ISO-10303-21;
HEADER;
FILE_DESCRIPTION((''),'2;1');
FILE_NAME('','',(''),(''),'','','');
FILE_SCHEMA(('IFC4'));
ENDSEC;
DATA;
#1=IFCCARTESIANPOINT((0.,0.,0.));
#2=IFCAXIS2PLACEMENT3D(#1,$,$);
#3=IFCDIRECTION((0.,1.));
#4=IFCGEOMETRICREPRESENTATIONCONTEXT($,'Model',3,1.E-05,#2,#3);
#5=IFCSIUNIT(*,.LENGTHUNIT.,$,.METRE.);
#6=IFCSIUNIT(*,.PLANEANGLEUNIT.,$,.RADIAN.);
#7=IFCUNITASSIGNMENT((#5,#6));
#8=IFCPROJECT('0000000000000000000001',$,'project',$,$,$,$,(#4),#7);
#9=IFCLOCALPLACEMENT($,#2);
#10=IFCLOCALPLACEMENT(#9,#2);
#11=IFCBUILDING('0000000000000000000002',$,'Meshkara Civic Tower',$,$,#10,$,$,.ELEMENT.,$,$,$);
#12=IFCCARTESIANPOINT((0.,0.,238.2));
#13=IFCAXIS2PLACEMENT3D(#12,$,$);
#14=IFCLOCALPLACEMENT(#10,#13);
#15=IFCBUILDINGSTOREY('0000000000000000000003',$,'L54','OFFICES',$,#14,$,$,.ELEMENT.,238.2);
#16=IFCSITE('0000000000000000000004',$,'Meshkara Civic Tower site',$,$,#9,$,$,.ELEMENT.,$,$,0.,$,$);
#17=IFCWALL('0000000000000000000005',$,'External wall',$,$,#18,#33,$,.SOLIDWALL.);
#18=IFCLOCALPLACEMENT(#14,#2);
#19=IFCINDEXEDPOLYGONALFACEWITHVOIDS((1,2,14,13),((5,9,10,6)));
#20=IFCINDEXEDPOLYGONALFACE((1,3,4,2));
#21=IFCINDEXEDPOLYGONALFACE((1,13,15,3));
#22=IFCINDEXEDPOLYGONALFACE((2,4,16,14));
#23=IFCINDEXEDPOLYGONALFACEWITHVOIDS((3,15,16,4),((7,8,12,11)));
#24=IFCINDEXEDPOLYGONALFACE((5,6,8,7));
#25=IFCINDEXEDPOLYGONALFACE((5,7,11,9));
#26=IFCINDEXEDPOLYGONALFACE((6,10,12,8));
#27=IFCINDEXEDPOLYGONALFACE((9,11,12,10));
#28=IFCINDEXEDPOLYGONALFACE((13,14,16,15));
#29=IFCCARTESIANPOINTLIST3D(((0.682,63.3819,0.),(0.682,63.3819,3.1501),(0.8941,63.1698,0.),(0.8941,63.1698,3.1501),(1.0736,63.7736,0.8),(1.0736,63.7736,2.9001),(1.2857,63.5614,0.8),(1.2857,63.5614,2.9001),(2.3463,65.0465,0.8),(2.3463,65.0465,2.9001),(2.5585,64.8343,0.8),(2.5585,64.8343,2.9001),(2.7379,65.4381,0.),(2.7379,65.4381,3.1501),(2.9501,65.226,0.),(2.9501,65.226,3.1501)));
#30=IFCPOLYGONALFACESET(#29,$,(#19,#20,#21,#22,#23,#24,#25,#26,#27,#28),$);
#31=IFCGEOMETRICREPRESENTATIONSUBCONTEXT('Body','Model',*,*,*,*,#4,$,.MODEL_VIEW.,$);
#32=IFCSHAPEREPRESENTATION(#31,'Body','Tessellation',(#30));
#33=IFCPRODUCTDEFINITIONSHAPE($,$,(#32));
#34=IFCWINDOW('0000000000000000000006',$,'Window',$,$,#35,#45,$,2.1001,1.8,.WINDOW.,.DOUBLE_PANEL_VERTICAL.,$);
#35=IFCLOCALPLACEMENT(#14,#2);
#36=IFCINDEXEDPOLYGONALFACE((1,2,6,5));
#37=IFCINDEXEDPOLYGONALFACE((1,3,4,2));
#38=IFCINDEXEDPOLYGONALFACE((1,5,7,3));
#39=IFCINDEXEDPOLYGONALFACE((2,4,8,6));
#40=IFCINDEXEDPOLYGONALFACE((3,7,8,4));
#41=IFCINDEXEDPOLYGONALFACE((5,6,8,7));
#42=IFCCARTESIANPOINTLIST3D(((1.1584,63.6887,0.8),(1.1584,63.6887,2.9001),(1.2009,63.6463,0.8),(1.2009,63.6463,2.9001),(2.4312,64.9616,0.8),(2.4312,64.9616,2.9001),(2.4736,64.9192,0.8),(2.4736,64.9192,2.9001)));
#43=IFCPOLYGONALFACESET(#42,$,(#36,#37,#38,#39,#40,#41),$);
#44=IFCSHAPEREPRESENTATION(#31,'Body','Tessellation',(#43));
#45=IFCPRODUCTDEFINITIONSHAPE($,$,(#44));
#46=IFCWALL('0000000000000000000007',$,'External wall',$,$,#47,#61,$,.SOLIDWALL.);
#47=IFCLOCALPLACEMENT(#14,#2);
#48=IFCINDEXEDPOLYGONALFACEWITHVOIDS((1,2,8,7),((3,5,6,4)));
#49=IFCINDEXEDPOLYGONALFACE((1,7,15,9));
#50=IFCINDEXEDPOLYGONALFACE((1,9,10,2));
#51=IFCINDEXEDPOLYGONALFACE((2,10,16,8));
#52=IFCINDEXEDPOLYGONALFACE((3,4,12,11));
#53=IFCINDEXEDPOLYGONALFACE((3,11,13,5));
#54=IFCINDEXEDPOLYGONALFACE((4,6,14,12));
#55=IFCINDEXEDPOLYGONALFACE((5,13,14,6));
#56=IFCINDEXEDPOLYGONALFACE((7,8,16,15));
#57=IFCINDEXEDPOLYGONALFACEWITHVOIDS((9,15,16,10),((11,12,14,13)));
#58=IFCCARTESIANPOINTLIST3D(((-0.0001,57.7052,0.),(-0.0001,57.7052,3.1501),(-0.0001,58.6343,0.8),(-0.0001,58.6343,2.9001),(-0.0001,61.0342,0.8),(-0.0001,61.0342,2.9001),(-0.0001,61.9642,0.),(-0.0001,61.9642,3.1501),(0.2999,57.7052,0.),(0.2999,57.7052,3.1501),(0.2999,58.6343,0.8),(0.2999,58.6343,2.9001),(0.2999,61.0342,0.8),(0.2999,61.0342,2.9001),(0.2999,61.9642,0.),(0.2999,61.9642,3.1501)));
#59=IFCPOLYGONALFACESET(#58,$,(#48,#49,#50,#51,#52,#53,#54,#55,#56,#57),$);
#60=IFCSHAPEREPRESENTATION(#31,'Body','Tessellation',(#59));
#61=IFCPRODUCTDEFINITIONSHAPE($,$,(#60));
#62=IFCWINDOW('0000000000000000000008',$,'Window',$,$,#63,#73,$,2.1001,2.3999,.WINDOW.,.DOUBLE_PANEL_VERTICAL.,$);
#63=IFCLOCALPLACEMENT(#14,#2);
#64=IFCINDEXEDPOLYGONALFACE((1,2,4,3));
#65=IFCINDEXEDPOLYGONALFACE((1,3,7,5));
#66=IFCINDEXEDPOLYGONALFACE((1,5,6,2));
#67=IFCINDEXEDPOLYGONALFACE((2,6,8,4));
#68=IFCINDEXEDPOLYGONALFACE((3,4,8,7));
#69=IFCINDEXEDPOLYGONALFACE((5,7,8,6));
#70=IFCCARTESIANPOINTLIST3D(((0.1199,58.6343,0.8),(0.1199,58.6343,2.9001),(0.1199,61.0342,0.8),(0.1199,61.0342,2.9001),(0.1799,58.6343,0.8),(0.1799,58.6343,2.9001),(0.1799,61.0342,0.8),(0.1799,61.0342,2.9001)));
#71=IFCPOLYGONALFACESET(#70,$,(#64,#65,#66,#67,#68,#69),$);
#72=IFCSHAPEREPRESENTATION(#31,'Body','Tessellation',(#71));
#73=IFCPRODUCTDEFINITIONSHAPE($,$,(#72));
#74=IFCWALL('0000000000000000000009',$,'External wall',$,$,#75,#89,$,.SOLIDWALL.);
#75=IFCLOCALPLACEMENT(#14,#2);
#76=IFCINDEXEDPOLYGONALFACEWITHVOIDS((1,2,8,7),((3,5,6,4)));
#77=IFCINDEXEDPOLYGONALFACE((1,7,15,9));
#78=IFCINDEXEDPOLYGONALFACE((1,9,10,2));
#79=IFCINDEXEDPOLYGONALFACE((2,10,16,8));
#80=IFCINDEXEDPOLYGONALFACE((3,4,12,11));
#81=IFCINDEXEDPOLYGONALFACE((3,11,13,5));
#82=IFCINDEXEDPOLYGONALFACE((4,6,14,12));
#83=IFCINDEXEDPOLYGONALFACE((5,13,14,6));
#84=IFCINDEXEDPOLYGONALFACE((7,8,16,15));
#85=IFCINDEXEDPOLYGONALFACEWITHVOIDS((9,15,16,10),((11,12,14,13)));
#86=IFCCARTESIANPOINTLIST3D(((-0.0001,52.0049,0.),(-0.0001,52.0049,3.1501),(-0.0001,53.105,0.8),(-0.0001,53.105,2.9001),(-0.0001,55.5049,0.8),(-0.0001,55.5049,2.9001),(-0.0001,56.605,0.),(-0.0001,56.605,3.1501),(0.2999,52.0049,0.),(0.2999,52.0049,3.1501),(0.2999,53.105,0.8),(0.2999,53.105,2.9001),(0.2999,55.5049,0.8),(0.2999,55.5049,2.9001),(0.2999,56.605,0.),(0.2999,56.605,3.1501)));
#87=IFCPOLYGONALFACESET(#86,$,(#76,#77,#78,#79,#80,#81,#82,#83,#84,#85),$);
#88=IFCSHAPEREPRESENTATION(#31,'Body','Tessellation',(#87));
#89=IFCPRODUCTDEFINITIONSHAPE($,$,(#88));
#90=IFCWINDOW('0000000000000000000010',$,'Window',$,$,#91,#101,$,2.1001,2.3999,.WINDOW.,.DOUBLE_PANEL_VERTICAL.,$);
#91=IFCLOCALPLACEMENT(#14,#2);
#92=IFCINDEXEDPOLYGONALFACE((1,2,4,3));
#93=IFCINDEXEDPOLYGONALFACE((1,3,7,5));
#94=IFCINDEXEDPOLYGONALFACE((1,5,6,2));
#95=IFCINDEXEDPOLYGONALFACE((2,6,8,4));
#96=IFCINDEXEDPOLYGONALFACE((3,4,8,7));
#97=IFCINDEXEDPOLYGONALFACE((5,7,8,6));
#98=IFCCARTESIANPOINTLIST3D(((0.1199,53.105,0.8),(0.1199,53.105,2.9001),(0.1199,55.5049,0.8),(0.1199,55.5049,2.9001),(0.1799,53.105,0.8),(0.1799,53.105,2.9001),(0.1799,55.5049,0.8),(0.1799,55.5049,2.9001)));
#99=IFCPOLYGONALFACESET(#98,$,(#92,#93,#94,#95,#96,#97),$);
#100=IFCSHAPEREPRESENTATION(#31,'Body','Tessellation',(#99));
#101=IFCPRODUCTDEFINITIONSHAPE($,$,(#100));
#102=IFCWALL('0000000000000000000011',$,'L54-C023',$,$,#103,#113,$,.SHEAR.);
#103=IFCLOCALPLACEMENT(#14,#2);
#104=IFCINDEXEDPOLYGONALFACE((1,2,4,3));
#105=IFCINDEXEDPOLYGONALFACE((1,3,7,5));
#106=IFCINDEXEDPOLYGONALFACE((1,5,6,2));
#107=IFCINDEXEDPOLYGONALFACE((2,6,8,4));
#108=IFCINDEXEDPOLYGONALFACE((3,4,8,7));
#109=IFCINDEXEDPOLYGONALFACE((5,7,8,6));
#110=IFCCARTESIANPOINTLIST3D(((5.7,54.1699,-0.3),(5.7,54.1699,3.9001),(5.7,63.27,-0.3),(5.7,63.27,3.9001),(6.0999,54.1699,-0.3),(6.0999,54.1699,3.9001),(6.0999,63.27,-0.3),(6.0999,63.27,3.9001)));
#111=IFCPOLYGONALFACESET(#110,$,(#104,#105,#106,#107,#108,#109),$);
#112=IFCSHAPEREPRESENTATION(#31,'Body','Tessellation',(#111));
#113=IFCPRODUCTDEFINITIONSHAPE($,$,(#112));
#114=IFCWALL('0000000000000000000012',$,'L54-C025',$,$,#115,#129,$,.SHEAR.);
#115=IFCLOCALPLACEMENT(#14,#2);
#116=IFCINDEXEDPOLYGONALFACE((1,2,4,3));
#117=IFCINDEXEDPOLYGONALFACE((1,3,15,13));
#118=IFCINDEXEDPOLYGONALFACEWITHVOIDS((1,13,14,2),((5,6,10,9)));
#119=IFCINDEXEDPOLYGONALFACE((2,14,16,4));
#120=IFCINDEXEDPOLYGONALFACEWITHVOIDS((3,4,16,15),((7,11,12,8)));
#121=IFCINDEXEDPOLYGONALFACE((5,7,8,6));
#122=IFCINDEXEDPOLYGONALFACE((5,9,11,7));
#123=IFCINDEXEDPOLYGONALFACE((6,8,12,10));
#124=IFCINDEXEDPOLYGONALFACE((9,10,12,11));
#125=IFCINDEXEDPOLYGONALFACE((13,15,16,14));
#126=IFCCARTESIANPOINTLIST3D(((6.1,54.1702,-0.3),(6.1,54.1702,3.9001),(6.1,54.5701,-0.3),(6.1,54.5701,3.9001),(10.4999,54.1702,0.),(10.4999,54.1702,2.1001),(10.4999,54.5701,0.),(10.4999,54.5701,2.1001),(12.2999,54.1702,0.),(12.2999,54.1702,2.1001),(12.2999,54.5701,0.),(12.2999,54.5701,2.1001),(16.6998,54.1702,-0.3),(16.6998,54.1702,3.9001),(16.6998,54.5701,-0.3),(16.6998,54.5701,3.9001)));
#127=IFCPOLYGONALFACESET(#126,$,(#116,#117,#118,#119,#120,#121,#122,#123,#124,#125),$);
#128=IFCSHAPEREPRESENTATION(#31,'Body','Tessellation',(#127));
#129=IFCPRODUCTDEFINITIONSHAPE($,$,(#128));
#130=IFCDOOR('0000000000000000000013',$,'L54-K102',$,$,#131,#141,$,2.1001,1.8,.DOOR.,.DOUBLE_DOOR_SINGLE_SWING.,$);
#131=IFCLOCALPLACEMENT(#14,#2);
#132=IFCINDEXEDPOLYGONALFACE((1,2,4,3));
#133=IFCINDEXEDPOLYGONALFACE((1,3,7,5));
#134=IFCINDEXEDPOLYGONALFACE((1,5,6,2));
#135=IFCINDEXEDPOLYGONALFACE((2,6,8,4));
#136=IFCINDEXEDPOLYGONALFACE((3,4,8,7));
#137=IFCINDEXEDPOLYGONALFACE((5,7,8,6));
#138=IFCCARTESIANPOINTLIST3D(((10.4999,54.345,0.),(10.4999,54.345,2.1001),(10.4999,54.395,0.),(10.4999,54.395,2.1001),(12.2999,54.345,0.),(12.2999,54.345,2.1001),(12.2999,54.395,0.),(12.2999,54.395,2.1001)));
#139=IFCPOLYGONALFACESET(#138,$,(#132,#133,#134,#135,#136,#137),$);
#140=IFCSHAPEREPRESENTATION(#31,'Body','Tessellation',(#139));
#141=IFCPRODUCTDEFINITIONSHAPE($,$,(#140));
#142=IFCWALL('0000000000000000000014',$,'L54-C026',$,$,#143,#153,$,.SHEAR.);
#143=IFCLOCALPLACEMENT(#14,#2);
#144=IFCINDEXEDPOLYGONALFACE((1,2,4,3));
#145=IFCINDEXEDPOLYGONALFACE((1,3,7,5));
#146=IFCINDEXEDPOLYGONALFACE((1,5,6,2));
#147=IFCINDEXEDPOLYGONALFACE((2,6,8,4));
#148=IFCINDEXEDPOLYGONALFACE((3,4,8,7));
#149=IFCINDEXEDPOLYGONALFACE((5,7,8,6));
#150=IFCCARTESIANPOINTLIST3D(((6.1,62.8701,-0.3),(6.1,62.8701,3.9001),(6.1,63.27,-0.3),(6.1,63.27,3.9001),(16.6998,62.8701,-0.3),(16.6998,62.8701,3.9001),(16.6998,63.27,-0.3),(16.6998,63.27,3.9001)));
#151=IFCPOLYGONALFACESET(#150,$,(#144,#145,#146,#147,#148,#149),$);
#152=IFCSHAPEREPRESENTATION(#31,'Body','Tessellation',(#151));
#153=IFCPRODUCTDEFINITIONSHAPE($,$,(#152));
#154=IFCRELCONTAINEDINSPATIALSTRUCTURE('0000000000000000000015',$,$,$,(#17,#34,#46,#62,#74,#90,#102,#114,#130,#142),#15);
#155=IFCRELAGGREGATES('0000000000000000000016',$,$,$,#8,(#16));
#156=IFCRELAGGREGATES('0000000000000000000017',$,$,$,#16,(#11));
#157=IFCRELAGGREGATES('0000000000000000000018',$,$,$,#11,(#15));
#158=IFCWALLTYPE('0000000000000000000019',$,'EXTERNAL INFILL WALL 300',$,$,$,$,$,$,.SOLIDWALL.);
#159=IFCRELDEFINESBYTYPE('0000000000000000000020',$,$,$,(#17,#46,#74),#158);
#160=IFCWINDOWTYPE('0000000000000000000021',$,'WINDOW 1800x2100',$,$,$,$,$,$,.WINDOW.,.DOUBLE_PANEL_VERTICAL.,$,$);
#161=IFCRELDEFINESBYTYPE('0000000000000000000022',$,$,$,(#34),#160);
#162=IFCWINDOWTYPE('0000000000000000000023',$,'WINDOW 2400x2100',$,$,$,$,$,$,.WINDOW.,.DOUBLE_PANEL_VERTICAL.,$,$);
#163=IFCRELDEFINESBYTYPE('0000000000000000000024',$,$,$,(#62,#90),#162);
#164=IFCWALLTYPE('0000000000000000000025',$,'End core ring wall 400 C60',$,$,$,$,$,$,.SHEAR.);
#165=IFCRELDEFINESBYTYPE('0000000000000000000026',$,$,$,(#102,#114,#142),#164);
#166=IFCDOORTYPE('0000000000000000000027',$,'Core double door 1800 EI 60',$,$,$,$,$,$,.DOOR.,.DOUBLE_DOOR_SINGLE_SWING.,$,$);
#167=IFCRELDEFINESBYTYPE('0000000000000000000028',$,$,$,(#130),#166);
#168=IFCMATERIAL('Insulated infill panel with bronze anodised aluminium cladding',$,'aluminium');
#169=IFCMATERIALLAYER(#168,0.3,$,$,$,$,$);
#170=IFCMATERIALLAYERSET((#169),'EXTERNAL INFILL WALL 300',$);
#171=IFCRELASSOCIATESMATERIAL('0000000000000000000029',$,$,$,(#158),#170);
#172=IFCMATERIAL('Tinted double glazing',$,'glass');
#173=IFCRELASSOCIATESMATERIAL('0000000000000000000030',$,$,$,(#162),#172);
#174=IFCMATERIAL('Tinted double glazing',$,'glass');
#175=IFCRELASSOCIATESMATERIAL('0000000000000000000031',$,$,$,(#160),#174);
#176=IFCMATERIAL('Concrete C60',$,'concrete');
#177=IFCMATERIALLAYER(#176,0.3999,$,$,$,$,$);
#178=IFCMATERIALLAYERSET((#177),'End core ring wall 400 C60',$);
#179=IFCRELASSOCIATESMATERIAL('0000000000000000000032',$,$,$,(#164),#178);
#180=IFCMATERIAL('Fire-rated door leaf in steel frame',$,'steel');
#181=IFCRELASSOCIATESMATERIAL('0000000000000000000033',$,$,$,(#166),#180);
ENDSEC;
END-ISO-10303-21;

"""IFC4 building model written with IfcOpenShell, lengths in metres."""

from ifc_helpers import new_model, si_unit, direction, frame, frame_2d, origin, place, context, subcontext, project, spatial, rectangle, extrude, material, layer, layer_set, type_object, element, fill, save


model = new_model("IFC4")

# Units and contexts
model_context = context("Model", 3, precision=1e-05, world=origin(), true_north=direction((0.0, 1.0)))
body_context = subcontext(model_context, "Body", "Model", "MODEL_VIEW")
ifc_project = project(units=[si_unit("LENGTHUNIT", "METRE"), si_unit("PLANEANGLEUNIT", "RADIAN")], contexts=[model_context])

# Site, building, storey
site_placement = place(None, origin())
site = spatial("IfcSite", under=ifc_project, at=site_placement, Name="Meshkara Civic Tower site", CompositionType="ELEMENT", RefElevation=0.0)
building_placement = place(site_placement, origin())
building = spatial("IfcBuilding", under=site, at=building_placement, Name="Meshkara Civic Tower", CompositionType="ELEMENT")
storey_placement = place(building_placement, frame((0.0, 0.0, 238.2)))
storey = spatial("IfcBuildingStorey", under=building, at=storey_placement, Name="L54", Description="OFFICES", CompositionType="ELEMENT", Elevation=238.2)

# Walls, openings, windows
ifc_material_1 = material(Name="Insulated infill panel with bronze anodised aluminium cladding", Category="aluminium")
ifc_layer_1 = layer(ifc_material_1, 0.3)
ifc_layer_set_1 = layer_set([ifc_layer_1], Name="EXTERNAL INFILL WALL 300")
wall_type_1 = type_object("IfcWallType", Name="EXTERNAL INFILL WALL 300", PredefinedType="SOLIDWALL", material=ifc_layer_set_1)
ifc_material_2 = material(Name="Tinted double glazing", Category="glass")
window_type_1 = type_object("IfcWindowType", Name="WINDOW 2400x2100", PartitioningType="DOUBLE_PANEL_VERTICAL", PredefinedType="WINDOW", material=ifc_material_2)
wall_1_placement = place(storey_placement, frame((2.844, 65.332, 0.0), z_axis=(0.0, 0.0, 1.0), x_axis=(-0.707065, -0.707149, 0.0)))
wall_1 = element("IfcWall", 1, at=wall_1_placement, inside=storey, type_object=wall_type_1, Name="External wall", PredefinedType="SOLIDWALL", context=body_context, shape_type="SweptSolid", body=[
    extrude(rectangle(XDim=2.9077, YDim=0.3, at=frame_2d((1.4539, 0.0))), origin(), (0.0, 0.0, 1.0), 3.1501),
])
opening_1_placement = place(wall_1_placement, frame((0.554, 0.0, 0.8)))
opening_1 = element("IfcOpeningElement", 2, at=opening_1_placement, cuts=wall_1, PredefinedType="OPENING", context=body_context, shape_type="SweptSolid", body=[
    extrude(rectangle(XDim=1.8, YDim=2.1001, at=frame_2d((0.8999, 1.05))), frame((0.0, 0.1599, 0.0), z_axis=(0.0, -1.0, 0.0), x_axis=(1.0, 0.0, 0.0)), (0.0, 0.0, 1.0), 0.3201),
])
ifc_material_3 = material(Name="Tinted double glazing", Category="glass")
window_type_2 = type_object("IfcWindowType", Name="WINDOW 1800x2100", PartitioningType="DOUBLE_PANEL_VERTICAL", PredefinedType="WINDOW", material=ifc_material_3)
window_1_placement = place(opening_1_placement, origin())
window_1 = element("IfcWindow", 3, at=window_1_placement, inside=storey, type_object=window_type_2, Name="Window", OverallHeight=2.1001, OverallWidth=1.8, PartitioningType="DOUBLE_PANEL_VERTICAL", PredefinedType="WINDOW", context=body_context, shape_type="SweptSolid", body=[
    extrude(rectangle(XDim=1.8, YDim=2.1001, at=frame_2d((0.8999, 1.05))), frame((0.0, 0.03, 0.0), z_axis=(0.0, -1.0, 0.0), x_axis=(1.0, 0.0, 0.0)), (0.0, 0.0, 1.0), 0.0601),
])
fill(opening_1, window_1)
wall_2_placement = place(storey_placement, frame((0.1499, 61.9641, 0.0), z_axis=(0.0, 0.0, 1.0), x_axis=(0.0, -1.0, 0.0)))
wall_2 = element("IfcWall", 4, at=wall_2_placement, inside=storey, type_object=wall_type_1, Name="External wall", PredefinedType="SOLIDWALL", context=body_context, shape_type="SweptSolid", body=[
    extrude(rectangle(XDim=4.259, YDim=0.3, at=frame_2d((2.1294, 0.0))), origin(), (0.0, 0.0, 1.0), 3.1501),
])
opening_2_placement = place(wall_2_placement, frame((0.9299, 0.0, 0.8)))
opening_2 = element("IfcOpeningElement", 5, at=opening_2_placement, cuts=wall_2, PredefinedType="OPENING", context=body_context, shape_type="SweptSolid", body=[
    extrude(rectangle(XDim=2.3999, YDim=2.1001, at=frame_2d((1.2, 1.05))), frame((0.0, 0.1599, 0.0), z_axis=(0.0, -1.0, 0.0), x_axis=(1.0, 0.0, 0.0)), (0.0, 0.0, 1.0), 0.3201),
])
window_2_placement = place(opening_2_placement, origin())
window_2 = element("IfcWindow", 6, at=window_2_placement, inside=storey, type_object=window_type_1, Name="Window", OverallHeight=2.1001, OverallWidth=2.3999, PartitioningType="DOUBLE_PANEL_VERTICAL", PredefinedType="WINDOW", context=body_context, shape_type="SweptSolid", body=[
    extrude(rectangle(XDim=2.3999, YDim=2.1001, at=frame_2d((1.2, 1.05))), frame((0.0, 0.03, 0.0), z_axis=(0.0, -1.0, 0.0), x_axis=(1.0, 0.0, 0.0)), (0.0, 0.0, 1.0), 0.0601),
])
fill(opening_2, window_2)
wall_3_placement = place(storey_placement, frame((0.1499, 56.605, 0.0), z_axis=(0.0, 0.0, 1.0), x_axis=(0.0, -1.0, 0.0)))
wall_3 = element("IfcWall", 7, at=wall_3_placement, inside=storey, type_object=wall_type_1, Name="External wall", PredefinedType="SOLIDWALL", context=body_context, shape_type="SweptSolid", body=[
    extrude(rectangle(XDim=4.6001, YDim=0.3, at=frame_2d((2.3, 0.0))), origin(), (0.0, 0.0, 1.0), 3.1501),
])
opening_3_placement = place(wall_3_placement, frame((1.1001, 0.0, 0.8)))
opening_3 = element("IfcOpeningElement", 8, at=opening_3_placement, cuts=wall_3, PredefinedType="OPENING", context=body_context, shape_type="SweptSolid", body=[
    extrude(rectangle(XDim=2.3999, YDim=2.1001, at=frame_2d((1.2, 1.05))), frame((0.0, 0.1599, 0.0), z_axis=(0.0, -1.0, 0.0), x_axis=(1.0, 0.0, 0.0)), (0.0, 0.0, 1.0), 0.3201),
])
window_3_placement = place(opening_3_placement, origin())
window_3 = element("IfcWindow", 9, at=window_3_placement, inside=storey, type_object=window_type_1, Name="Window", OverallHeight=2.1001, OverallWidth=2.3999, PartitioningType="DOUBLE_PANEL_VERTICAL", PredefinedType="WINDOW", context=body_context, shape_type="SweptSolid", body=[
    extrude(rectangle(XDim=2.3999, YDim=2.1001, at=frame_2d((1.2, 1.05))), frame((0.0, 0.03, 0.0), z_axis=(0.0, -1.0, 0.0), x_axis=(1.0, 0.0, 0.0)), (0.0, 0.0, 1.0), 0.0601),
])
fill(opening_3, window_3)

# Wall
ifc_material_4 = material(Name="Concrete C60", Category="concrete")
ifc_layer_2 = layer(ifc_material_4, 0.3999)
ifc_layer_set_2 = layer_set([ifc_layer_2], Name="End core ring wall 400 C60")
wall_type_2 = type_object("IfcWallType", Name="End core ring wall 400 C60", PredefinedType="SHEAR", material=ifc_layer_set_2)
wall_4_placement = place(storey_placement, frame((5.8999, 54.1699, -0.3), z_axis=(0.0, 0.0, 1.0), x_axis=(0.0, 1.0, 0.0)))
element("IfcWall", 10, at=wall_4_placement, inside=storey, type_object=wall_type_2, Name="L54-C023", PredefinedType="SHEAR", context=body_context, shape_type="SweptSolid", body=[
    extrude(rectangle(XDim=9.1001, YDim=0.3999, at=frame_2d((4.55, 0.0))), origin(), (0.0, 0.0, 1.0), 4.2002),
])

# Wall, opening, door
wall_5_placement = place(storey_placement, frame((6.1001, 54.3701, -0.3), z_axis=(0.0, 0.0, 1.0), x_axis=(1.0, 0.0, 0.0)))
wall_5 = element("IfcWall", 11, at=wall_5_placement, inside=storey, type_object=wall_type_2, Name="L54-C025", PredefinedType="SHEAR", context=body_context, shape_type="SweptSolid", body=[
    extrude(rectangle(XDim=10.5999, YDim=0.3999, at=frame_2d((5.2998, 0.0))), origin(), (0.0, 0.0, 1.0), 4.2002),
])
opening_4_placement = place(wall_5_placement, frame((4.3999, 0.0, 0.3)))
opening_4 = element("IfcOpeningElement", 12, at=opening_4_placement, cuts=wall_5, PredefinedType="OPENING", context=body_context, shape_type="SweptSolid", body=[
    extrude(rectangle(XDim=1.8, YDim=2.1001, at=frame_2d((0.8999, 1.05))), frame((0.0, 0.21, 0.0), z_axis=(0.0, -1.0, 0.0), x_axis=(1.0, 0.0, 0.0)), (0.0, 0.0, 1.0), 0.4199),
])
ifc_material_5 = material(Name="Fire-rated door leaf in steel frame", Category="steel")
door_type_1 = type_object("IfcDoorType", Name="Core double door 1800 EI 60", OperationType="DOUBLE_DOOR_SINGLE_SWING", PredefinedType="DOOR", material=ifc_material_5)
door_1_placement = place(opening_4_placement, origin())
door_1 = element("IfcDoor", 13, at=door_1_placement, inside=storey, type_object=door_type_1, Name="L54-K102", OperationType="DOUBLE_DOOR_SINGLE_SWING", OverallHeight=2.1001, OverallWidth=1.8, PredefinedType="DOOR", context=body_context, shape_type="SweptSolid", body=[
    extrude(rectangle(XDim=1.8, YDim=2.1001, at=frame_2d((0.8999, 1.05))), frame((0.0, 0.0249, 0.0), z_axis=(0.0, -1.0, 0.0), x_axis=(1.0, 0.0, 0.0)), (0.0, 0.0, 1.0), 0.05),
])
fill(opening_4, door_1)

# Wall
wall_6_placement = place(storey_placement, frame((6.1001, 63.0701, -0.3), z_axis=(0.0, 0.0, 1.0), x_axis=(1.0, 0.0, 0.0)))
element("IfcWall", 14, at=wall_6_placement, inside=storey, type_object=wall_type_2, Name="L54-C026", PredefinedType="SHEAR", context=body_context, shape_type="SweptSolid", body=[
    extrude(rectangle(XDim=10.5999, YDim=0.3999, at=frame_2d((5.2998, 0.0))), origin(), (0.0, 0.0, 1.0), 4.2002),
])

save(model, "model.ifc")
